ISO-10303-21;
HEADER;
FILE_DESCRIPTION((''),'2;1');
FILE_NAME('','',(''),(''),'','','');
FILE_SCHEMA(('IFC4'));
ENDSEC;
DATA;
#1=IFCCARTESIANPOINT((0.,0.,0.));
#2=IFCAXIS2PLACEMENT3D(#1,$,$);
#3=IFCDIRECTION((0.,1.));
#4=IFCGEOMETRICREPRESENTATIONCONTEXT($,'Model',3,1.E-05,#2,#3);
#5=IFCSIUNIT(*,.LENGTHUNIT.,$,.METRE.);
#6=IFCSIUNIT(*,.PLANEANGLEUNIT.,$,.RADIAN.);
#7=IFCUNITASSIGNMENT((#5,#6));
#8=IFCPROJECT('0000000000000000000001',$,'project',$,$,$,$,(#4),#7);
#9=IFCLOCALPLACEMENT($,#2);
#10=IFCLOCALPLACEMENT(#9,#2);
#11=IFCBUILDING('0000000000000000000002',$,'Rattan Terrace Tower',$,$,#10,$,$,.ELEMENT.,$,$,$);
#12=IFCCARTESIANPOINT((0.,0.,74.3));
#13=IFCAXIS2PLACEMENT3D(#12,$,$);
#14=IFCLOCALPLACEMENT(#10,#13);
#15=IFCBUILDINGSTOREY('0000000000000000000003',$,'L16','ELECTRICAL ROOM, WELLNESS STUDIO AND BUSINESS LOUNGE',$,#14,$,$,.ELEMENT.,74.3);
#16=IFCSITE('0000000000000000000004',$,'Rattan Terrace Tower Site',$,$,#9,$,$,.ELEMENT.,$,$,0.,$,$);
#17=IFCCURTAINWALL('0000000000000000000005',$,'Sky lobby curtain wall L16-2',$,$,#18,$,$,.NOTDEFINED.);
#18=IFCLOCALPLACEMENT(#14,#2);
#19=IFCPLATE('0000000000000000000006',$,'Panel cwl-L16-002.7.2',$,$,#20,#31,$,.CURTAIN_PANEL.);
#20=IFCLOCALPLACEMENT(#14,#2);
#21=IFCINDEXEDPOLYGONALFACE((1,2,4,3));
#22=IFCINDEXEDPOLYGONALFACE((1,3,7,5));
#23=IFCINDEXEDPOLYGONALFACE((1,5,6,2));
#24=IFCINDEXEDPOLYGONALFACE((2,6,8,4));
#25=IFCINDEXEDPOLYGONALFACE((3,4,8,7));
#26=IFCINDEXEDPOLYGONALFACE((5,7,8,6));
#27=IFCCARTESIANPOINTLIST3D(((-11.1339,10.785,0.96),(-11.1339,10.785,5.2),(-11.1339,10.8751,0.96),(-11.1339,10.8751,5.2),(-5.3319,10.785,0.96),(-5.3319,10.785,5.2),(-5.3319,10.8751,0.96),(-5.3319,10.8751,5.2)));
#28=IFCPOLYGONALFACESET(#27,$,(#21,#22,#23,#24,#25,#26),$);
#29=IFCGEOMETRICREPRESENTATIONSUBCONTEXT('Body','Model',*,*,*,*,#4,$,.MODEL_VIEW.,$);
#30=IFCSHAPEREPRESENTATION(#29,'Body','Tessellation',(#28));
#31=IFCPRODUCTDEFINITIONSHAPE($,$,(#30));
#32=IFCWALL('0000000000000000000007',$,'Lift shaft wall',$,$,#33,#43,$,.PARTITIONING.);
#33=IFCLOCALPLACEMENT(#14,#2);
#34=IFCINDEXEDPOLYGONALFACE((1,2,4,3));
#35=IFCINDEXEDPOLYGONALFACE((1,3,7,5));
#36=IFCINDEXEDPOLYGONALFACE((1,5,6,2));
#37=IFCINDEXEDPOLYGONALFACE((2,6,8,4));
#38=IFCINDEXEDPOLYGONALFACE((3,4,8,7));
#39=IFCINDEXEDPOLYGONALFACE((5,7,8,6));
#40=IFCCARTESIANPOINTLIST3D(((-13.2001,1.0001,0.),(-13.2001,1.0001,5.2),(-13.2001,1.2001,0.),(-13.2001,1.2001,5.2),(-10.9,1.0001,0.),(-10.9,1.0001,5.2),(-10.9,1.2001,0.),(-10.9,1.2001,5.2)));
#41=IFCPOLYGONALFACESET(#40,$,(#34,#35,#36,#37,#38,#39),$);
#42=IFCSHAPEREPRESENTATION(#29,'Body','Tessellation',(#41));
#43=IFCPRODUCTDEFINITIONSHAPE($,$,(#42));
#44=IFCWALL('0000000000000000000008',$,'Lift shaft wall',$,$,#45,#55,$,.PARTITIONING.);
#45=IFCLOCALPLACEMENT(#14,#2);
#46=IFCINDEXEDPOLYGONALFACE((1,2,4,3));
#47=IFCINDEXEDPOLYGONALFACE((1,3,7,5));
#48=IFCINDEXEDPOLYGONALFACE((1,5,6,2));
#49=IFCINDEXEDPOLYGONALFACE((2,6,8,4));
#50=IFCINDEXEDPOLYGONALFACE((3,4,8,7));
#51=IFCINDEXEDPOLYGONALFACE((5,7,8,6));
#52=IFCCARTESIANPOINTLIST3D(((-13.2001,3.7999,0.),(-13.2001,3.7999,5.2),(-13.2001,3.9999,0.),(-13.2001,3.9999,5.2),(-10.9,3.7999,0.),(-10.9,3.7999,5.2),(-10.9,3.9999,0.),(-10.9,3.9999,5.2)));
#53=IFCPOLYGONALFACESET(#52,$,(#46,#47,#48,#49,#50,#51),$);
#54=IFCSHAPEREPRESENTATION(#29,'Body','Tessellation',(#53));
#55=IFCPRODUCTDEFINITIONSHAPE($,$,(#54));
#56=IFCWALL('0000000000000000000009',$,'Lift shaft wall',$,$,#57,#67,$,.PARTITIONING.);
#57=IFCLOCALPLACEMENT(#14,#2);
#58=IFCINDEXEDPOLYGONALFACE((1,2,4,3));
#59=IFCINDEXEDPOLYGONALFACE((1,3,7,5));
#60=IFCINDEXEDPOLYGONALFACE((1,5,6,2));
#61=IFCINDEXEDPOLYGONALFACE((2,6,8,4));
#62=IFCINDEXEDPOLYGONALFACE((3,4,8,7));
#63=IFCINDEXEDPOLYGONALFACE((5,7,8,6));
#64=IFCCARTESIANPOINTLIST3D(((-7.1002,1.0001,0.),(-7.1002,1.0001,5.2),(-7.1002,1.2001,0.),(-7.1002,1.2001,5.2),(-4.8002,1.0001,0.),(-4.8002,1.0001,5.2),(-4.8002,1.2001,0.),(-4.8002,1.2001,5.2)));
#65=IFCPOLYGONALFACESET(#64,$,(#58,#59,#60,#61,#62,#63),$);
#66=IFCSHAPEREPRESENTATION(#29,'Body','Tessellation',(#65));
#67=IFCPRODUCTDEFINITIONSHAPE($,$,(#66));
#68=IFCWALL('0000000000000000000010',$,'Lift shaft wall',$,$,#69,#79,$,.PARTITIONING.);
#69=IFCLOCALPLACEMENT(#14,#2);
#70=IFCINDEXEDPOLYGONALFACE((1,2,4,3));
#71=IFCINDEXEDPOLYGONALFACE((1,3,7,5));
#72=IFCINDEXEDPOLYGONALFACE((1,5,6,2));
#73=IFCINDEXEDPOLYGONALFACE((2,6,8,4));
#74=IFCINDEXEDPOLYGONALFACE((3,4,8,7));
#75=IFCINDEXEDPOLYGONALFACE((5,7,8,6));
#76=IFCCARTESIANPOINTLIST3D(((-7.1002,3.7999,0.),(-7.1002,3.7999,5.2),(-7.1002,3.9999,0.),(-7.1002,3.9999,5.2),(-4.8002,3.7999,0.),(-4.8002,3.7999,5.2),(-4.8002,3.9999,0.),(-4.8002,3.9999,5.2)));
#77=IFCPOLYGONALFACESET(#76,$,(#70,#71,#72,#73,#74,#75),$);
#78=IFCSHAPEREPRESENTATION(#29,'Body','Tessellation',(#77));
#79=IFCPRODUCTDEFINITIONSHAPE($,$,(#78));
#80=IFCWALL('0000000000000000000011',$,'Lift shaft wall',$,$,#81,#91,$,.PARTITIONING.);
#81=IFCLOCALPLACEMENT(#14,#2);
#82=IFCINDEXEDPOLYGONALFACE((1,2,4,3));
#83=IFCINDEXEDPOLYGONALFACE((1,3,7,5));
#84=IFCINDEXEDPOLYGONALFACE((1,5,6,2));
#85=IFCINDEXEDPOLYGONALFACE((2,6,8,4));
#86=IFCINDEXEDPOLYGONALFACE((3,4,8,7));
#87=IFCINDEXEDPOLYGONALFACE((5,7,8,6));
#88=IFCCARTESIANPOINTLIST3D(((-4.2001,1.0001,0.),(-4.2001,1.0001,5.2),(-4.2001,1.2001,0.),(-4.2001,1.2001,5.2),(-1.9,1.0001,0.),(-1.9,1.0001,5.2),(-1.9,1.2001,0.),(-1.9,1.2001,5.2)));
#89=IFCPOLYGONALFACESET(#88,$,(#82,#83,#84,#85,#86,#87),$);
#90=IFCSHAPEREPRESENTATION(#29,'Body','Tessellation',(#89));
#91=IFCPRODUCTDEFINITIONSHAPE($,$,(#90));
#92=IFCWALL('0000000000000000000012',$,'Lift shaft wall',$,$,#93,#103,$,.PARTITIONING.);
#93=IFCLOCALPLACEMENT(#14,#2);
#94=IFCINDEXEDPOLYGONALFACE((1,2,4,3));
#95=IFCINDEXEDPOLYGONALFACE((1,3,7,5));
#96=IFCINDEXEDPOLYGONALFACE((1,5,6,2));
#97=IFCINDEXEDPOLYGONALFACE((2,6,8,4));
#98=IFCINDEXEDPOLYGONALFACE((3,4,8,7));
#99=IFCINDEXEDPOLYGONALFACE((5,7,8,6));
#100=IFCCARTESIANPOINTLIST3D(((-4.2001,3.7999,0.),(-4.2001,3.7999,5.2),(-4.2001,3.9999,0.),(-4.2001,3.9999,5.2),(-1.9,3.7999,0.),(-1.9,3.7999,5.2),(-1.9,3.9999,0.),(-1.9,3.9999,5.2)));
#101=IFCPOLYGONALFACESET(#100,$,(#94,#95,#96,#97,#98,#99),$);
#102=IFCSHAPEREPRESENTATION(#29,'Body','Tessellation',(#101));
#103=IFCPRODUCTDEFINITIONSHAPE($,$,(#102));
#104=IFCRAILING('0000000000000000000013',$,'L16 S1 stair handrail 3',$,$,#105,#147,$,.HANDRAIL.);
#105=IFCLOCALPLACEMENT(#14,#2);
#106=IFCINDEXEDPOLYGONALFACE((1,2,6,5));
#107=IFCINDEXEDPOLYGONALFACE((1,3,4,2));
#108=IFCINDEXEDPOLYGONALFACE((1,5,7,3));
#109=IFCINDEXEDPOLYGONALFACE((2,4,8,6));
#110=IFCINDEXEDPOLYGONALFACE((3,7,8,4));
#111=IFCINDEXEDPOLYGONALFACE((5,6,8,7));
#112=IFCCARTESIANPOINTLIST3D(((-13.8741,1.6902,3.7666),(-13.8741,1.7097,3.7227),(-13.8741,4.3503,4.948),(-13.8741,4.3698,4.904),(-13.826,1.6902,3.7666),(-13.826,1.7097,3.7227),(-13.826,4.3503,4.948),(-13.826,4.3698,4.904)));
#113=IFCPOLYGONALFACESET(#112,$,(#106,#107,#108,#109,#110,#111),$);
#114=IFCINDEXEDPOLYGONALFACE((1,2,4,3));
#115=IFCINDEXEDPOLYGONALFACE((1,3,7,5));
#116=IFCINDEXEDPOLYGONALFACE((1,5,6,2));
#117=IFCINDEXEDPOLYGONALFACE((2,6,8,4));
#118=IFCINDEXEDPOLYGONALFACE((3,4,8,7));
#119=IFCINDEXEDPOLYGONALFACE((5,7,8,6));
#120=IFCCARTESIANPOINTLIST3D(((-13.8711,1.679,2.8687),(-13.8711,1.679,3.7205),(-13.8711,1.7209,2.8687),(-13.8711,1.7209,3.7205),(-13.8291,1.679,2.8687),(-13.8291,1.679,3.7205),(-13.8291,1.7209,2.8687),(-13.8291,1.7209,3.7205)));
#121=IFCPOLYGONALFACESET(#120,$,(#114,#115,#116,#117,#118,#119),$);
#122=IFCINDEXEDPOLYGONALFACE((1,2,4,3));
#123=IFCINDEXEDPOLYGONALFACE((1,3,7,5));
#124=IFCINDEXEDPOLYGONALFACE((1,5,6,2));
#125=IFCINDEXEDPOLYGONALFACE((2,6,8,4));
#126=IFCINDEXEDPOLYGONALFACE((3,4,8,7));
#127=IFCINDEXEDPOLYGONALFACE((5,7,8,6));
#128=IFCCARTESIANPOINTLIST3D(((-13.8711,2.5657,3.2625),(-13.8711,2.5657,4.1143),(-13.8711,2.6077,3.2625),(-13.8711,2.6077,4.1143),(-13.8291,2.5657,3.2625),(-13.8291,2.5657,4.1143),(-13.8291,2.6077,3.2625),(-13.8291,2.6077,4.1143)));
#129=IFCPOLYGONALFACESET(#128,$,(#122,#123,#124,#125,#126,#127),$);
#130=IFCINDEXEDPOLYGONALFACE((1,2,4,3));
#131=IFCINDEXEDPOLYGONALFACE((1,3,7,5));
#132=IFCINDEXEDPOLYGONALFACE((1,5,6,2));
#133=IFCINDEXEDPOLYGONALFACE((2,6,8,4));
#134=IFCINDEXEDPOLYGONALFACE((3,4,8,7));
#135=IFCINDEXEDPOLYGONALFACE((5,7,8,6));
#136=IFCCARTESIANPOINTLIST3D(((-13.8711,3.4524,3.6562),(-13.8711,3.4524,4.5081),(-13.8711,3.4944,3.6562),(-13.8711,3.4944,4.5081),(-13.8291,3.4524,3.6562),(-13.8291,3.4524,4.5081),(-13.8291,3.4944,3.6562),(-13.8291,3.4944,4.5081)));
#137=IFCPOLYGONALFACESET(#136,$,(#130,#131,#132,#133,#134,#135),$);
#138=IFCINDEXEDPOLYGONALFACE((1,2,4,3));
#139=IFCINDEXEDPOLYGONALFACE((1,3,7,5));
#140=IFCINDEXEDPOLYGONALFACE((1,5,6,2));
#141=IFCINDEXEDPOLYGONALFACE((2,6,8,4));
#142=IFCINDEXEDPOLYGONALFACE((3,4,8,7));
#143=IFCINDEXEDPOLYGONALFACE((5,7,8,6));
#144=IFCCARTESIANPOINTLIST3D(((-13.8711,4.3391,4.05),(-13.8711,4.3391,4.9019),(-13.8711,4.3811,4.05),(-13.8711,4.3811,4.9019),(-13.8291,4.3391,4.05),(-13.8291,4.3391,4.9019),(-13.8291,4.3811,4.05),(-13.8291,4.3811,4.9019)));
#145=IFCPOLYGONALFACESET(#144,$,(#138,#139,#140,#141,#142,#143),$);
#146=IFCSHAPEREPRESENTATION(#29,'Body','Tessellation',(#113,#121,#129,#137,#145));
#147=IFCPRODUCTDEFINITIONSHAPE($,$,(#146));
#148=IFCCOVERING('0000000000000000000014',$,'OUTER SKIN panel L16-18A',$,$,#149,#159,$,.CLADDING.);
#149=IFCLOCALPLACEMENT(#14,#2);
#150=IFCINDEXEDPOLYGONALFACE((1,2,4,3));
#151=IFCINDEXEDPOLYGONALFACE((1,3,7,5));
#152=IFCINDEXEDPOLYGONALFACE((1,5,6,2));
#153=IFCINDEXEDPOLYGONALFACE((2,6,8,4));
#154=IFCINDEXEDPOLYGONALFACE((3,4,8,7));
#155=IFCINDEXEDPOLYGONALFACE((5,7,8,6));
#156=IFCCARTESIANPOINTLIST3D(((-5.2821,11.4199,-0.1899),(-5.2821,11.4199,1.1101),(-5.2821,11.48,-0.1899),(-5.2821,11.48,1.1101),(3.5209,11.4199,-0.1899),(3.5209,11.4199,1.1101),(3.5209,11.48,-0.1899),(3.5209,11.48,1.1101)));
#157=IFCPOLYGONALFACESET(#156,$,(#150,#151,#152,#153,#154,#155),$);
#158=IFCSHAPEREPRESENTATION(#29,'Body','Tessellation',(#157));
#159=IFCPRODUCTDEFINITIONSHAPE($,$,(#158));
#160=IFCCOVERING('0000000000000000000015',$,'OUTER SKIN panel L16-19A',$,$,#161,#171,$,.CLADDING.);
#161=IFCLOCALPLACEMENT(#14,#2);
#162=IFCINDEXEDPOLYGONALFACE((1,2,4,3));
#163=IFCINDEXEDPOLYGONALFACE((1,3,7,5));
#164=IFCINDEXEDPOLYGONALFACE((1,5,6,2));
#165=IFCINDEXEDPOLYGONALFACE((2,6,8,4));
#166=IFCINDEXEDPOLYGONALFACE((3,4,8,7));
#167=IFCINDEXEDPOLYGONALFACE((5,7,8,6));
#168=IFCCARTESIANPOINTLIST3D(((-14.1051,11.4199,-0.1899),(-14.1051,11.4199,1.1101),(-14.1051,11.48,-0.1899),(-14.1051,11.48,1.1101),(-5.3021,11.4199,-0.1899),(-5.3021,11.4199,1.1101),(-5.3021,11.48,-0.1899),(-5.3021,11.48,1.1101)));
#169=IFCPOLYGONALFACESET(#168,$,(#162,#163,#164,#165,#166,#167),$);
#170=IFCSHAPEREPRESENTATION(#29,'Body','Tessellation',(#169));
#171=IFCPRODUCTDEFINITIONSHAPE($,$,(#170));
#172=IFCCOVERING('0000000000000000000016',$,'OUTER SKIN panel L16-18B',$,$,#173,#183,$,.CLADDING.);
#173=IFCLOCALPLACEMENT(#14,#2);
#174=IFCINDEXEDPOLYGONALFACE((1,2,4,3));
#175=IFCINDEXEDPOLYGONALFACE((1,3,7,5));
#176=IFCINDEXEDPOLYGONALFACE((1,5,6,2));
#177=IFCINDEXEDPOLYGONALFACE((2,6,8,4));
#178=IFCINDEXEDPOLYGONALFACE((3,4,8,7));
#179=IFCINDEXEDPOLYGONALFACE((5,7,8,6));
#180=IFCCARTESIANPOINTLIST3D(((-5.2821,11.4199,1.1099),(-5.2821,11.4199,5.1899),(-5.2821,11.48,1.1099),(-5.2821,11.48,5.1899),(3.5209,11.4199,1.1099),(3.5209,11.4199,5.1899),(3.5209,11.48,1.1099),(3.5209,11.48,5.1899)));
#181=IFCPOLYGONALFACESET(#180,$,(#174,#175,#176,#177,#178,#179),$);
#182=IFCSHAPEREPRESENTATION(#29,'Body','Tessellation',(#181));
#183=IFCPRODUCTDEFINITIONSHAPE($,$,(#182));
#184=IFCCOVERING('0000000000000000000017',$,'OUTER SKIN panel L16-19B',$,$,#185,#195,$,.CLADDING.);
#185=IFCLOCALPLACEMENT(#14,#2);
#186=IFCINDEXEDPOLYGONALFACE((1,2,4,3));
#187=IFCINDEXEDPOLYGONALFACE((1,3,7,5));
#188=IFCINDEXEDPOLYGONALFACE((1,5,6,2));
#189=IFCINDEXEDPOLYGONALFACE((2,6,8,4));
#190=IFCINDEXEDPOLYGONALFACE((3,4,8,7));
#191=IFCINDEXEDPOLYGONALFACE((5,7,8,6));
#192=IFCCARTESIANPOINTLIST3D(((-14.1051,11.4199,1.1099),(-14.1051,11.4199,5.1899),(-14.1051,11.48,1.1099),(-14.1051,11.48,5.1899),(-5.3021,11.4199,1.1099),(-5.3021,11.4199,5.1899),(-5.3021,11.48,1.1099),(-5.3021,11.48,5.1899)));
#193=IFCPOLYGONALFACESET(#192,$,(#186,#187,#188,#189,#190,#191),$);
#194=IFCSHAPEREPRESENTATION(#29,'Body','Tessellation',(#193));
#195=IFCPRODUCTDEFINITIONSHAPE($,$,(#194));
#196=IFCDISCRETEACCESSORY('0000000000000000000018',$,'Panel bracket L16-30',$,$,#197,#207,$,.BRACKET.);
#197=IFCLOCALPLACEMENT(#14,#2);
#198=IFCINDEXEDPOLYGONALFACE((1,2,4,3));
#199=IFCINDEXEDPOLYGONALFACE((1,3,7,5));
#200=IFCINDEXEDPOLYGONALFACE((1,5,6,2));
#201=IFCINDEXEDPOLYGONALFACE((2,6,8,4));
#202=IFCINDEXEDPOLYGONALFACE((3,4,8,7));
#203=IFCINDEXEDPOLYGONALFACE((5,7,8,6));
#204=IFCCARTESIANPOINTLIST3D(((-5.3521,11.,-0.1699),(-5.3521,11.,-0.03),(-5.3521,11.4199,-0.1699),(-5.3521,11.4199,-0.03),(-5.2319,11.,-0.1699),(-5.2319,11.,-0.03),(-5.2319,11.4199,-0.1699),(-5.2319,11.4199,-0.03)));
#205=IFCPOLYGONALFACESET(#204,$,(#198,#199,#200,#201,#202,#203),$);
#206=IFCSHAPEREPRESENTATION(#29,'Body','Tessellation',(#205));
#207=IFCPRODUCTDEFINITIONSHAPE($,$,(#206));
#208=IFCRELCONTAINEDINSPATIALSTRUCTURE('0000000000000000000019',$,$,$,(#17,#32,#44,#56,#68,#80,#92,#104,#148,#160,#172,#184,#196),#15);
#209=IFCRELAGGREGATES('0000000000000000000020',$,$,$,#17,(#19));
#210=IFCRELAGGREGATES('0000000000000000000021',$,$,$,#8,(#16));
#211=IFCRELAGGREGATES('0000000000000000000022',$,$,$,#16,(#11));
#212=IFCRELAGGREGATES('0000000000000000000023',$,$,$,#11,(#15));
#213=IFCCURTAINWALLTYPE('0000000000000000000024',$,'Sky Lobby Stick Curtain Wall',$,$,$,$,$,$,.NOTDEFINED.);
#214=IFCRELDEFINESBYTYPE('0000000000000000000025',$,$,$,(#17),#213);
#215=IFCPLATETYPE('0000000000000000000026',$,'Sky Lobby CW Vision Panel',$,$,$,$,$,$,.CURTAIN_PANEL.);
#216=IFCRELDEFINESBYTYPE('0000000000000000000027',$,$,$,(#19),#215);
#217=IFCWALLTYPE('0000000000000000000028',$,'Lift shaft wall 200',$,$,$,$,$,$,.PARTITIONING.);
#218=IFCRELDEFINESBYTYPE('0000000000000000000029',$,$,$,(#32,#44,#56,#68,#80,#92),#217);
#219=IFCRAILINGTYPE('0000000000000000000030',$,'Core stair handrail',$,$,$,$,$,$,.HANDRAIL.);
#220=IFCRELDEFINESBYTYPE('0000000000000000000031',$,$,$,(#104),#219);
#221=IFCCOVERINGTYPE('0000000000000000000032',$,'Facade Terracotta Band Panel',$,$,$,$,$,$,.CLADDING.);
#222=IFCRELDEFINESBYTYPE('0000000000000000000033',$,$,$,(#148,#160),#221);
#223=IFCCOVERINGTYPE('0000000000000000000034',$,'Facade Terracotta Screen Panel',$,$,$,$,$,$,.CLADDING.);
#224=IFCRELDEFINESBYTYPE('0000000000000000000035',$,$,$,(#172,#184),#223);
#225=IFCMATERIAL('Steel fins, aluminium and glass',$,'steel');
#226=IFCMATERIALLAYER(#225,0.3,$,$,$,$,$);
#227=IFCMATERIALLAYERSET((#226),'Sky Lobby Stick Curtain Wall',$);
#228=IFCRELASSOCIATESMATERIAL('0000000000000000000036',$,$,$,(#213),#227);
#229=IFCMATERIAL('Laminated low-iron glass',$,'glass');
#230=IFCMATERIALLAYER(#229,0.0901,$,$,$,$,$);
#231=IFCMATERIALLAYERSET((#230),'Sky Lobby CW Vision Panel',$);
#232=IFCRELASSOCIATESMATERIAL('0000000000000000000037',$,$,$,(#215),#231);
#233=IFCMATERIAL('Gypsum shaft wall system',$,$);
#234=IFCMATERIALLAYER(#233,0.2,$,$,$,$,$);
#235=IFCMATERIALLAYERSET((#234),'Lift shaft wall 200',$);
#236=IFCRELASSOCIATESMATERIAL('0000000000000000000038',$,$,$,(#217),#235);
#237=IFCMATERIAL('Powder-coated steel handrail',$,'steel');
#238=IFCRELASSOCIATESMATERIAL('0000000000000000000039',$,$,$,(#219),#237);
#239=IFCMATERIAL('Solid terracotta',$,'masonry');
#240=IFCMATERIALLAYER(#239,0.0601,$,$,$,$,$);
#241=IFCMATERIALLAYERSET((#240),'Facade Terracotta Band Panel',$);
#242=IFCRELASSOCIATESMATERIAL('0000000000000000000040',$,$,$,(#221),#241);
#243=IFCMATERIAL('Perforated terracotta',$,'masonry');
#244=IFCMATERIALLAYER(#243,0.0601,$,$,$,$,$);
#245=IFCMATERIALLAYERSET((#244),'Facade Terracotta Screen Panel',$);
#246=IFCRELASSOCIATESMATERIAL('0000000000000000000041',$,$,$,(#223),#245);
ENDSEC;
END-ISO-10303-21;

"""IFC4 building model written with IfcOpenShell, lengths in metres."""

from ifc_helpers import new_model, si_unit, direction, frame, frame_2d, origin, origin_2d, place, context, subcontext, project, spatial, rectangle, extrude, material, layer, layer_set, type_object, element, aggregate, save


model = new_model("IFC4")

# Units and contexts
model_context = context("Model", 3, precision=1e-05, world=origin(), true_north=direction((0.0, 1.0)))
body_context = subcontext(model_context, "Body", "Model", "MODEL_VIEW")
ifc_project = project(units=[si_unit("LENGTHUNIT", "METRE"), si_unit("PLANEANGLEUNIT", "RADIAN")], contexts=[model_context])

# Site, building, storey
site_placement = place(None, origin())
site = spatial("IfcSite", under=ifc_project, at=site_placement, Name="Rattan Terrace Tower Site", CompositionType="ELEMENT", RefElevation=0.0)
building_placement = place(site_placement, origin())
building = spatial("IfcBuilding", under=site, at=building_placement, Name="Rattan Terrace Tower", CompositionType="ELEMENT")
storey_placement = place(building_placement, frame((0.0, 0.0, 74.3)))
storey = spatial("IfcBuildingStorey", under=building, at=storey_placement, Name="L16", Description="ELECTRICAL ROOM, WELLNESS STUDIO AND BUSINESS LOUNGE", CompositionType="ELEMENT", Elevation=74.3)

# Curtain wall, plate
ifc_material_1 = material(Name="Steel fins, aluminium and glass", Category="steel")
ifc_layer_1 = layer(ifc_material_1, 0.3)
ifc_layer_set_1 = layer_set([ifc_layer_1], Name="Sky Lobby Stick Curtain Wall")
curtain_wall_type = type_object("IfcCurtainWallType", Name="Sky Lobby Stick Curtain Wall", PredefinedType="NOTDEFINED", material=ifc_layer_set_1)
curtain_wall_placement = place(storey_placement, origin())
curtain_wall = element("IfcCurtainWall", 1, at=curtain_wall_placement, inside=storey, type_object=curtain_wall_type, Name="Sky lobby curtain wall L16-2", PredefinedType="NOTDEFINED")
ifc_material_2 = material(Name="Laminated low-iron glass", Category="glass")
ifc_layer_2 = layer(ifc_material_2, 0.0901)
ifc_layer_set_2 = layer_set([ifc_layer_2], Name="Sky Lobby CW Vision Panel")
plate_type_1 = type_object("IfcPlateType", Name="Sky Lobby CW Vision Panel", PredefinedType="CURTAIN_PANEL", material=ifc_layer_set_2)
plate_1_placement = place(storey_placement, frame((-8.2329, 10.8301, 0.96), z_axis=(0.0, 0.0, 1.0), x_axis=(-1.0, 0.0, 0.0)))
plate_1 = element("IfcPlate", 2, at=plate_1_placement, type_object=plate_type_1, Name="Panel cwl-L16-002.7.2", PredefinedType="CURTAIN_PANEL", context=body_context, shape_type="SweptSolid", body=[
    extrude(rectangle(XDim=5.802, YDim=0.0901, at=origin_2d()), origin(), (0.0, 0.0, 1.0), 4.24),
])
aggregate(curtain_wall, [plate_1])

# Walls
ifc_material_3 = material(Name="Gypsum shaft wall system")
ifc_layer_3 = layer(ifc_material_3, 0.2)
ifc_layer_set_3 = layer_set([ifc_layer_3], Name="Lift shaft wall 200")
wall_type = type_object("IfcWallType", Name="Lift shaft wall 200", PredefinedType="PARTITIONING", material=ifc_layer_set_3)
for number, where, z_axis, x_axis, name in (
    (3, (-13.2, 1.1001, 0.0), (0.0, 0.0, 1.0), (1.0, 0.0, 0.0), "Lift shaft wall"),
    (4, (-13.2, 3.8999, 0.0), (0.0, 0.0, 1.0), (1.0, 0.0, 0.0), "Lift shaft wall"),
    (5, (-7.1001, 1.1001, 0.0), (0.0, 0.0, 1.0), (1.0, 0.0, 0.0), "Lift shaft wall"),
    (6, (-7.1001, 3.8999, 0.0), (0.0, 0.0, 1.0), (1.0, 0.0, 0.0), "Lift shaft wall"),
    (7, (-4.2, 1.1001, 0.0), (0.0, 0.0, 1.0), (1.0, 0.0, 0.0), "Lift shaft wall"),
    (8, (-4.2, 3.8999, 0.0), (0.0, 0.0, 1.0), (1.0, 0.0, 0.0), "Lift shaft wall"),
):
    element("IfcWall", number, at=place(storey_placement, frame(where, z_axis=z_axis, x_axis=x_axis)), inside=storey, type_object=wall_type, Name=name, PredefinedType="PARTITIONING", context=body_context, shape_type="SweptSolid", body=[
        extrude(rectangle(XDim=2.3, YDim=0.2, at=frame_2d((1.1499, 0.0))), origin(), (0.0, 0.0, 1.0), 5.2),
    ])

# Railing
ifc_material_4 = material(Name="Powder-coated steel handrail", Category="steel")
railing_type = type_object("IfcRailingType", Name="Core stair handrail", PredefinedType="HANDRAIL", material=ifc_material_4)
railing_placement = place(storey_placement, frame((-13.8501, 1.7, 2.8687)))
element("IfcRailing", 9, at=railing_placement, inside=storey, type_object=railing_type, Name="L16 S1 stair handrail 3", PredefinedType="HANDRAIL", context=body_context, shape_type="SweptSolid", body=[
    extrude(rectangle(XDim=0.0481, YDim=0.0481, at=origin_2d()), frame((0.0, 0.0, 0.876), z_axis=(0.0, 0.913926, 0.405882), x_axis=(-1.0, 0.0, 0.0)), (0.0, 0.0, 1.0), 2.9106),
    extrude(rectangle(XDim=0.042, YDim=0.042, at=origin_2d()), origin(), (0.0, 0.0, 1.0), 0.8518),
    extrude(rectangle(XDim=0.042, YDim=0.042, at=origin_2d()), frame((0.0, 0.8867, 0.3938)), (0.0, 0.0, 1.0), 0.8518),
    extrude(rectangle(XDim=0.042, YDim=0.042, at=origin_2d()), frame((0.0, 1.7734, 0.7876)), (0.0, 0.0, 1.0), 0.8518),
    extrude(rectangle(XDim=0.042, YDim=0.042, at=origin_2d()), frame((0.0, 2.6602, 1.1814)), (0.0, 0.0, 1.0), 0.8518),
])

# Coverings
ifc_material_5 = material(Name="Solid terracotta", Category="masonry")
ifc_layer_4 = layer(ifc_material_5, 0.0601)
ifc_layer_set_4 = layer_set([ifc_layer_4], Name="Facade Terracotta Band Panel")
covering_type_1 = type_object("IfcCoveringType", Name="Facade Terracotta Band Panel", PredefinedType="CLADDING", material=ifc_layer_set_4)
for number, where, z_axis, x_axis, name in (
    (10, (-0.8806, 11.45, -0.1899), (0.0, 0.0, 1.0), (-1.0, 0.0, 0.0), "OUTER SKIN panel L16-18A"),
    (11, (-9.7036, 11.45, -0.1899), (0.0, 0.0, 1.0), (-1.0, 0.0, 0.0), "OUTER SKIN panel L16-19A"),
):
    element("IfcCovering", number, at=place(storey_placement, frame(where, z_axis=z_axis, x_axis=x_axis)), inside=storey, type_object=covering_type_1, Name=name, PredefinedType="CLADDING", context=body_context, shape_type="SweptSolid", body=[
        extrude(rectangle(XDim=8.803, YDim=0.0601, at=origin_2d()), origin(), (0.0, 0.0, 1.0), 1.3),
    ])
ifc_material_6 = material(Name="Perforated terracotta", Category="masonry")
ifc_layer_5 = layer(ifc_material_6, 0.0601)
ifc_layer_set_5 = layer_set([ifc_layer_5], Name="Facade Terracotta Screen Panel")
covering_type_2 = type_object("IfcCoveringType", Name="Facade Terracotta Screen Panel", PredefinedType="CLADDING", material=ifc_layer_set_5)
for number, where, z_axis, x_axis, name in (
    (12, (-0.8806, 11.45, 1.1099), (0.0, 0.0, 1.0), (-1.0, 0.0, 0.0), "OUTER SKIN panel L16-18B"),
    (13, (-9.7036, 11.45, 1.1099), (0.0, 0.0, 1.0), (-1.0, 0.0, 0.0), "OUTER SKIN panel L16-19B"),
):
    element("IfcCovering", number, at=place(storey_placement, frame(where, z_axis=z_axis, x_axis=x_axis)), inside=storey, type_object=covering_type_2, Name=name, PredefinedType="CLADDING", context=body_context, shape_type="SweptSolid", body=[
        extrude(rectangle(XDim=8.803, YDim=0.0601, at=origin_2d()), origin(), (0.0, 0.0, 1.0), 4.0801),
    ])

# Discrete accessory
discrete_accessory_placement = place(storey_placement, frame((-5.292, 11.21, -0.1699), z_axis=(0.0, 0.0, 1.0), x_axis=(-1.0, 0.0, 0.0)))
element("IfcDiscreteAccessory", 14, at=discrete_accessory_placement, inside=storey, Name="Panel bracket L16-30", PredefinedType="BRACKET", context=body_context, shape_type="SweptSolid", body=[
    extrude(rectangle(XDim=0.1201, YDim=0.4199, at=origin_2d()), origin(), (0.0, 0.0, 1.0), 0.1399),
])

save(model, "model.ifc")
